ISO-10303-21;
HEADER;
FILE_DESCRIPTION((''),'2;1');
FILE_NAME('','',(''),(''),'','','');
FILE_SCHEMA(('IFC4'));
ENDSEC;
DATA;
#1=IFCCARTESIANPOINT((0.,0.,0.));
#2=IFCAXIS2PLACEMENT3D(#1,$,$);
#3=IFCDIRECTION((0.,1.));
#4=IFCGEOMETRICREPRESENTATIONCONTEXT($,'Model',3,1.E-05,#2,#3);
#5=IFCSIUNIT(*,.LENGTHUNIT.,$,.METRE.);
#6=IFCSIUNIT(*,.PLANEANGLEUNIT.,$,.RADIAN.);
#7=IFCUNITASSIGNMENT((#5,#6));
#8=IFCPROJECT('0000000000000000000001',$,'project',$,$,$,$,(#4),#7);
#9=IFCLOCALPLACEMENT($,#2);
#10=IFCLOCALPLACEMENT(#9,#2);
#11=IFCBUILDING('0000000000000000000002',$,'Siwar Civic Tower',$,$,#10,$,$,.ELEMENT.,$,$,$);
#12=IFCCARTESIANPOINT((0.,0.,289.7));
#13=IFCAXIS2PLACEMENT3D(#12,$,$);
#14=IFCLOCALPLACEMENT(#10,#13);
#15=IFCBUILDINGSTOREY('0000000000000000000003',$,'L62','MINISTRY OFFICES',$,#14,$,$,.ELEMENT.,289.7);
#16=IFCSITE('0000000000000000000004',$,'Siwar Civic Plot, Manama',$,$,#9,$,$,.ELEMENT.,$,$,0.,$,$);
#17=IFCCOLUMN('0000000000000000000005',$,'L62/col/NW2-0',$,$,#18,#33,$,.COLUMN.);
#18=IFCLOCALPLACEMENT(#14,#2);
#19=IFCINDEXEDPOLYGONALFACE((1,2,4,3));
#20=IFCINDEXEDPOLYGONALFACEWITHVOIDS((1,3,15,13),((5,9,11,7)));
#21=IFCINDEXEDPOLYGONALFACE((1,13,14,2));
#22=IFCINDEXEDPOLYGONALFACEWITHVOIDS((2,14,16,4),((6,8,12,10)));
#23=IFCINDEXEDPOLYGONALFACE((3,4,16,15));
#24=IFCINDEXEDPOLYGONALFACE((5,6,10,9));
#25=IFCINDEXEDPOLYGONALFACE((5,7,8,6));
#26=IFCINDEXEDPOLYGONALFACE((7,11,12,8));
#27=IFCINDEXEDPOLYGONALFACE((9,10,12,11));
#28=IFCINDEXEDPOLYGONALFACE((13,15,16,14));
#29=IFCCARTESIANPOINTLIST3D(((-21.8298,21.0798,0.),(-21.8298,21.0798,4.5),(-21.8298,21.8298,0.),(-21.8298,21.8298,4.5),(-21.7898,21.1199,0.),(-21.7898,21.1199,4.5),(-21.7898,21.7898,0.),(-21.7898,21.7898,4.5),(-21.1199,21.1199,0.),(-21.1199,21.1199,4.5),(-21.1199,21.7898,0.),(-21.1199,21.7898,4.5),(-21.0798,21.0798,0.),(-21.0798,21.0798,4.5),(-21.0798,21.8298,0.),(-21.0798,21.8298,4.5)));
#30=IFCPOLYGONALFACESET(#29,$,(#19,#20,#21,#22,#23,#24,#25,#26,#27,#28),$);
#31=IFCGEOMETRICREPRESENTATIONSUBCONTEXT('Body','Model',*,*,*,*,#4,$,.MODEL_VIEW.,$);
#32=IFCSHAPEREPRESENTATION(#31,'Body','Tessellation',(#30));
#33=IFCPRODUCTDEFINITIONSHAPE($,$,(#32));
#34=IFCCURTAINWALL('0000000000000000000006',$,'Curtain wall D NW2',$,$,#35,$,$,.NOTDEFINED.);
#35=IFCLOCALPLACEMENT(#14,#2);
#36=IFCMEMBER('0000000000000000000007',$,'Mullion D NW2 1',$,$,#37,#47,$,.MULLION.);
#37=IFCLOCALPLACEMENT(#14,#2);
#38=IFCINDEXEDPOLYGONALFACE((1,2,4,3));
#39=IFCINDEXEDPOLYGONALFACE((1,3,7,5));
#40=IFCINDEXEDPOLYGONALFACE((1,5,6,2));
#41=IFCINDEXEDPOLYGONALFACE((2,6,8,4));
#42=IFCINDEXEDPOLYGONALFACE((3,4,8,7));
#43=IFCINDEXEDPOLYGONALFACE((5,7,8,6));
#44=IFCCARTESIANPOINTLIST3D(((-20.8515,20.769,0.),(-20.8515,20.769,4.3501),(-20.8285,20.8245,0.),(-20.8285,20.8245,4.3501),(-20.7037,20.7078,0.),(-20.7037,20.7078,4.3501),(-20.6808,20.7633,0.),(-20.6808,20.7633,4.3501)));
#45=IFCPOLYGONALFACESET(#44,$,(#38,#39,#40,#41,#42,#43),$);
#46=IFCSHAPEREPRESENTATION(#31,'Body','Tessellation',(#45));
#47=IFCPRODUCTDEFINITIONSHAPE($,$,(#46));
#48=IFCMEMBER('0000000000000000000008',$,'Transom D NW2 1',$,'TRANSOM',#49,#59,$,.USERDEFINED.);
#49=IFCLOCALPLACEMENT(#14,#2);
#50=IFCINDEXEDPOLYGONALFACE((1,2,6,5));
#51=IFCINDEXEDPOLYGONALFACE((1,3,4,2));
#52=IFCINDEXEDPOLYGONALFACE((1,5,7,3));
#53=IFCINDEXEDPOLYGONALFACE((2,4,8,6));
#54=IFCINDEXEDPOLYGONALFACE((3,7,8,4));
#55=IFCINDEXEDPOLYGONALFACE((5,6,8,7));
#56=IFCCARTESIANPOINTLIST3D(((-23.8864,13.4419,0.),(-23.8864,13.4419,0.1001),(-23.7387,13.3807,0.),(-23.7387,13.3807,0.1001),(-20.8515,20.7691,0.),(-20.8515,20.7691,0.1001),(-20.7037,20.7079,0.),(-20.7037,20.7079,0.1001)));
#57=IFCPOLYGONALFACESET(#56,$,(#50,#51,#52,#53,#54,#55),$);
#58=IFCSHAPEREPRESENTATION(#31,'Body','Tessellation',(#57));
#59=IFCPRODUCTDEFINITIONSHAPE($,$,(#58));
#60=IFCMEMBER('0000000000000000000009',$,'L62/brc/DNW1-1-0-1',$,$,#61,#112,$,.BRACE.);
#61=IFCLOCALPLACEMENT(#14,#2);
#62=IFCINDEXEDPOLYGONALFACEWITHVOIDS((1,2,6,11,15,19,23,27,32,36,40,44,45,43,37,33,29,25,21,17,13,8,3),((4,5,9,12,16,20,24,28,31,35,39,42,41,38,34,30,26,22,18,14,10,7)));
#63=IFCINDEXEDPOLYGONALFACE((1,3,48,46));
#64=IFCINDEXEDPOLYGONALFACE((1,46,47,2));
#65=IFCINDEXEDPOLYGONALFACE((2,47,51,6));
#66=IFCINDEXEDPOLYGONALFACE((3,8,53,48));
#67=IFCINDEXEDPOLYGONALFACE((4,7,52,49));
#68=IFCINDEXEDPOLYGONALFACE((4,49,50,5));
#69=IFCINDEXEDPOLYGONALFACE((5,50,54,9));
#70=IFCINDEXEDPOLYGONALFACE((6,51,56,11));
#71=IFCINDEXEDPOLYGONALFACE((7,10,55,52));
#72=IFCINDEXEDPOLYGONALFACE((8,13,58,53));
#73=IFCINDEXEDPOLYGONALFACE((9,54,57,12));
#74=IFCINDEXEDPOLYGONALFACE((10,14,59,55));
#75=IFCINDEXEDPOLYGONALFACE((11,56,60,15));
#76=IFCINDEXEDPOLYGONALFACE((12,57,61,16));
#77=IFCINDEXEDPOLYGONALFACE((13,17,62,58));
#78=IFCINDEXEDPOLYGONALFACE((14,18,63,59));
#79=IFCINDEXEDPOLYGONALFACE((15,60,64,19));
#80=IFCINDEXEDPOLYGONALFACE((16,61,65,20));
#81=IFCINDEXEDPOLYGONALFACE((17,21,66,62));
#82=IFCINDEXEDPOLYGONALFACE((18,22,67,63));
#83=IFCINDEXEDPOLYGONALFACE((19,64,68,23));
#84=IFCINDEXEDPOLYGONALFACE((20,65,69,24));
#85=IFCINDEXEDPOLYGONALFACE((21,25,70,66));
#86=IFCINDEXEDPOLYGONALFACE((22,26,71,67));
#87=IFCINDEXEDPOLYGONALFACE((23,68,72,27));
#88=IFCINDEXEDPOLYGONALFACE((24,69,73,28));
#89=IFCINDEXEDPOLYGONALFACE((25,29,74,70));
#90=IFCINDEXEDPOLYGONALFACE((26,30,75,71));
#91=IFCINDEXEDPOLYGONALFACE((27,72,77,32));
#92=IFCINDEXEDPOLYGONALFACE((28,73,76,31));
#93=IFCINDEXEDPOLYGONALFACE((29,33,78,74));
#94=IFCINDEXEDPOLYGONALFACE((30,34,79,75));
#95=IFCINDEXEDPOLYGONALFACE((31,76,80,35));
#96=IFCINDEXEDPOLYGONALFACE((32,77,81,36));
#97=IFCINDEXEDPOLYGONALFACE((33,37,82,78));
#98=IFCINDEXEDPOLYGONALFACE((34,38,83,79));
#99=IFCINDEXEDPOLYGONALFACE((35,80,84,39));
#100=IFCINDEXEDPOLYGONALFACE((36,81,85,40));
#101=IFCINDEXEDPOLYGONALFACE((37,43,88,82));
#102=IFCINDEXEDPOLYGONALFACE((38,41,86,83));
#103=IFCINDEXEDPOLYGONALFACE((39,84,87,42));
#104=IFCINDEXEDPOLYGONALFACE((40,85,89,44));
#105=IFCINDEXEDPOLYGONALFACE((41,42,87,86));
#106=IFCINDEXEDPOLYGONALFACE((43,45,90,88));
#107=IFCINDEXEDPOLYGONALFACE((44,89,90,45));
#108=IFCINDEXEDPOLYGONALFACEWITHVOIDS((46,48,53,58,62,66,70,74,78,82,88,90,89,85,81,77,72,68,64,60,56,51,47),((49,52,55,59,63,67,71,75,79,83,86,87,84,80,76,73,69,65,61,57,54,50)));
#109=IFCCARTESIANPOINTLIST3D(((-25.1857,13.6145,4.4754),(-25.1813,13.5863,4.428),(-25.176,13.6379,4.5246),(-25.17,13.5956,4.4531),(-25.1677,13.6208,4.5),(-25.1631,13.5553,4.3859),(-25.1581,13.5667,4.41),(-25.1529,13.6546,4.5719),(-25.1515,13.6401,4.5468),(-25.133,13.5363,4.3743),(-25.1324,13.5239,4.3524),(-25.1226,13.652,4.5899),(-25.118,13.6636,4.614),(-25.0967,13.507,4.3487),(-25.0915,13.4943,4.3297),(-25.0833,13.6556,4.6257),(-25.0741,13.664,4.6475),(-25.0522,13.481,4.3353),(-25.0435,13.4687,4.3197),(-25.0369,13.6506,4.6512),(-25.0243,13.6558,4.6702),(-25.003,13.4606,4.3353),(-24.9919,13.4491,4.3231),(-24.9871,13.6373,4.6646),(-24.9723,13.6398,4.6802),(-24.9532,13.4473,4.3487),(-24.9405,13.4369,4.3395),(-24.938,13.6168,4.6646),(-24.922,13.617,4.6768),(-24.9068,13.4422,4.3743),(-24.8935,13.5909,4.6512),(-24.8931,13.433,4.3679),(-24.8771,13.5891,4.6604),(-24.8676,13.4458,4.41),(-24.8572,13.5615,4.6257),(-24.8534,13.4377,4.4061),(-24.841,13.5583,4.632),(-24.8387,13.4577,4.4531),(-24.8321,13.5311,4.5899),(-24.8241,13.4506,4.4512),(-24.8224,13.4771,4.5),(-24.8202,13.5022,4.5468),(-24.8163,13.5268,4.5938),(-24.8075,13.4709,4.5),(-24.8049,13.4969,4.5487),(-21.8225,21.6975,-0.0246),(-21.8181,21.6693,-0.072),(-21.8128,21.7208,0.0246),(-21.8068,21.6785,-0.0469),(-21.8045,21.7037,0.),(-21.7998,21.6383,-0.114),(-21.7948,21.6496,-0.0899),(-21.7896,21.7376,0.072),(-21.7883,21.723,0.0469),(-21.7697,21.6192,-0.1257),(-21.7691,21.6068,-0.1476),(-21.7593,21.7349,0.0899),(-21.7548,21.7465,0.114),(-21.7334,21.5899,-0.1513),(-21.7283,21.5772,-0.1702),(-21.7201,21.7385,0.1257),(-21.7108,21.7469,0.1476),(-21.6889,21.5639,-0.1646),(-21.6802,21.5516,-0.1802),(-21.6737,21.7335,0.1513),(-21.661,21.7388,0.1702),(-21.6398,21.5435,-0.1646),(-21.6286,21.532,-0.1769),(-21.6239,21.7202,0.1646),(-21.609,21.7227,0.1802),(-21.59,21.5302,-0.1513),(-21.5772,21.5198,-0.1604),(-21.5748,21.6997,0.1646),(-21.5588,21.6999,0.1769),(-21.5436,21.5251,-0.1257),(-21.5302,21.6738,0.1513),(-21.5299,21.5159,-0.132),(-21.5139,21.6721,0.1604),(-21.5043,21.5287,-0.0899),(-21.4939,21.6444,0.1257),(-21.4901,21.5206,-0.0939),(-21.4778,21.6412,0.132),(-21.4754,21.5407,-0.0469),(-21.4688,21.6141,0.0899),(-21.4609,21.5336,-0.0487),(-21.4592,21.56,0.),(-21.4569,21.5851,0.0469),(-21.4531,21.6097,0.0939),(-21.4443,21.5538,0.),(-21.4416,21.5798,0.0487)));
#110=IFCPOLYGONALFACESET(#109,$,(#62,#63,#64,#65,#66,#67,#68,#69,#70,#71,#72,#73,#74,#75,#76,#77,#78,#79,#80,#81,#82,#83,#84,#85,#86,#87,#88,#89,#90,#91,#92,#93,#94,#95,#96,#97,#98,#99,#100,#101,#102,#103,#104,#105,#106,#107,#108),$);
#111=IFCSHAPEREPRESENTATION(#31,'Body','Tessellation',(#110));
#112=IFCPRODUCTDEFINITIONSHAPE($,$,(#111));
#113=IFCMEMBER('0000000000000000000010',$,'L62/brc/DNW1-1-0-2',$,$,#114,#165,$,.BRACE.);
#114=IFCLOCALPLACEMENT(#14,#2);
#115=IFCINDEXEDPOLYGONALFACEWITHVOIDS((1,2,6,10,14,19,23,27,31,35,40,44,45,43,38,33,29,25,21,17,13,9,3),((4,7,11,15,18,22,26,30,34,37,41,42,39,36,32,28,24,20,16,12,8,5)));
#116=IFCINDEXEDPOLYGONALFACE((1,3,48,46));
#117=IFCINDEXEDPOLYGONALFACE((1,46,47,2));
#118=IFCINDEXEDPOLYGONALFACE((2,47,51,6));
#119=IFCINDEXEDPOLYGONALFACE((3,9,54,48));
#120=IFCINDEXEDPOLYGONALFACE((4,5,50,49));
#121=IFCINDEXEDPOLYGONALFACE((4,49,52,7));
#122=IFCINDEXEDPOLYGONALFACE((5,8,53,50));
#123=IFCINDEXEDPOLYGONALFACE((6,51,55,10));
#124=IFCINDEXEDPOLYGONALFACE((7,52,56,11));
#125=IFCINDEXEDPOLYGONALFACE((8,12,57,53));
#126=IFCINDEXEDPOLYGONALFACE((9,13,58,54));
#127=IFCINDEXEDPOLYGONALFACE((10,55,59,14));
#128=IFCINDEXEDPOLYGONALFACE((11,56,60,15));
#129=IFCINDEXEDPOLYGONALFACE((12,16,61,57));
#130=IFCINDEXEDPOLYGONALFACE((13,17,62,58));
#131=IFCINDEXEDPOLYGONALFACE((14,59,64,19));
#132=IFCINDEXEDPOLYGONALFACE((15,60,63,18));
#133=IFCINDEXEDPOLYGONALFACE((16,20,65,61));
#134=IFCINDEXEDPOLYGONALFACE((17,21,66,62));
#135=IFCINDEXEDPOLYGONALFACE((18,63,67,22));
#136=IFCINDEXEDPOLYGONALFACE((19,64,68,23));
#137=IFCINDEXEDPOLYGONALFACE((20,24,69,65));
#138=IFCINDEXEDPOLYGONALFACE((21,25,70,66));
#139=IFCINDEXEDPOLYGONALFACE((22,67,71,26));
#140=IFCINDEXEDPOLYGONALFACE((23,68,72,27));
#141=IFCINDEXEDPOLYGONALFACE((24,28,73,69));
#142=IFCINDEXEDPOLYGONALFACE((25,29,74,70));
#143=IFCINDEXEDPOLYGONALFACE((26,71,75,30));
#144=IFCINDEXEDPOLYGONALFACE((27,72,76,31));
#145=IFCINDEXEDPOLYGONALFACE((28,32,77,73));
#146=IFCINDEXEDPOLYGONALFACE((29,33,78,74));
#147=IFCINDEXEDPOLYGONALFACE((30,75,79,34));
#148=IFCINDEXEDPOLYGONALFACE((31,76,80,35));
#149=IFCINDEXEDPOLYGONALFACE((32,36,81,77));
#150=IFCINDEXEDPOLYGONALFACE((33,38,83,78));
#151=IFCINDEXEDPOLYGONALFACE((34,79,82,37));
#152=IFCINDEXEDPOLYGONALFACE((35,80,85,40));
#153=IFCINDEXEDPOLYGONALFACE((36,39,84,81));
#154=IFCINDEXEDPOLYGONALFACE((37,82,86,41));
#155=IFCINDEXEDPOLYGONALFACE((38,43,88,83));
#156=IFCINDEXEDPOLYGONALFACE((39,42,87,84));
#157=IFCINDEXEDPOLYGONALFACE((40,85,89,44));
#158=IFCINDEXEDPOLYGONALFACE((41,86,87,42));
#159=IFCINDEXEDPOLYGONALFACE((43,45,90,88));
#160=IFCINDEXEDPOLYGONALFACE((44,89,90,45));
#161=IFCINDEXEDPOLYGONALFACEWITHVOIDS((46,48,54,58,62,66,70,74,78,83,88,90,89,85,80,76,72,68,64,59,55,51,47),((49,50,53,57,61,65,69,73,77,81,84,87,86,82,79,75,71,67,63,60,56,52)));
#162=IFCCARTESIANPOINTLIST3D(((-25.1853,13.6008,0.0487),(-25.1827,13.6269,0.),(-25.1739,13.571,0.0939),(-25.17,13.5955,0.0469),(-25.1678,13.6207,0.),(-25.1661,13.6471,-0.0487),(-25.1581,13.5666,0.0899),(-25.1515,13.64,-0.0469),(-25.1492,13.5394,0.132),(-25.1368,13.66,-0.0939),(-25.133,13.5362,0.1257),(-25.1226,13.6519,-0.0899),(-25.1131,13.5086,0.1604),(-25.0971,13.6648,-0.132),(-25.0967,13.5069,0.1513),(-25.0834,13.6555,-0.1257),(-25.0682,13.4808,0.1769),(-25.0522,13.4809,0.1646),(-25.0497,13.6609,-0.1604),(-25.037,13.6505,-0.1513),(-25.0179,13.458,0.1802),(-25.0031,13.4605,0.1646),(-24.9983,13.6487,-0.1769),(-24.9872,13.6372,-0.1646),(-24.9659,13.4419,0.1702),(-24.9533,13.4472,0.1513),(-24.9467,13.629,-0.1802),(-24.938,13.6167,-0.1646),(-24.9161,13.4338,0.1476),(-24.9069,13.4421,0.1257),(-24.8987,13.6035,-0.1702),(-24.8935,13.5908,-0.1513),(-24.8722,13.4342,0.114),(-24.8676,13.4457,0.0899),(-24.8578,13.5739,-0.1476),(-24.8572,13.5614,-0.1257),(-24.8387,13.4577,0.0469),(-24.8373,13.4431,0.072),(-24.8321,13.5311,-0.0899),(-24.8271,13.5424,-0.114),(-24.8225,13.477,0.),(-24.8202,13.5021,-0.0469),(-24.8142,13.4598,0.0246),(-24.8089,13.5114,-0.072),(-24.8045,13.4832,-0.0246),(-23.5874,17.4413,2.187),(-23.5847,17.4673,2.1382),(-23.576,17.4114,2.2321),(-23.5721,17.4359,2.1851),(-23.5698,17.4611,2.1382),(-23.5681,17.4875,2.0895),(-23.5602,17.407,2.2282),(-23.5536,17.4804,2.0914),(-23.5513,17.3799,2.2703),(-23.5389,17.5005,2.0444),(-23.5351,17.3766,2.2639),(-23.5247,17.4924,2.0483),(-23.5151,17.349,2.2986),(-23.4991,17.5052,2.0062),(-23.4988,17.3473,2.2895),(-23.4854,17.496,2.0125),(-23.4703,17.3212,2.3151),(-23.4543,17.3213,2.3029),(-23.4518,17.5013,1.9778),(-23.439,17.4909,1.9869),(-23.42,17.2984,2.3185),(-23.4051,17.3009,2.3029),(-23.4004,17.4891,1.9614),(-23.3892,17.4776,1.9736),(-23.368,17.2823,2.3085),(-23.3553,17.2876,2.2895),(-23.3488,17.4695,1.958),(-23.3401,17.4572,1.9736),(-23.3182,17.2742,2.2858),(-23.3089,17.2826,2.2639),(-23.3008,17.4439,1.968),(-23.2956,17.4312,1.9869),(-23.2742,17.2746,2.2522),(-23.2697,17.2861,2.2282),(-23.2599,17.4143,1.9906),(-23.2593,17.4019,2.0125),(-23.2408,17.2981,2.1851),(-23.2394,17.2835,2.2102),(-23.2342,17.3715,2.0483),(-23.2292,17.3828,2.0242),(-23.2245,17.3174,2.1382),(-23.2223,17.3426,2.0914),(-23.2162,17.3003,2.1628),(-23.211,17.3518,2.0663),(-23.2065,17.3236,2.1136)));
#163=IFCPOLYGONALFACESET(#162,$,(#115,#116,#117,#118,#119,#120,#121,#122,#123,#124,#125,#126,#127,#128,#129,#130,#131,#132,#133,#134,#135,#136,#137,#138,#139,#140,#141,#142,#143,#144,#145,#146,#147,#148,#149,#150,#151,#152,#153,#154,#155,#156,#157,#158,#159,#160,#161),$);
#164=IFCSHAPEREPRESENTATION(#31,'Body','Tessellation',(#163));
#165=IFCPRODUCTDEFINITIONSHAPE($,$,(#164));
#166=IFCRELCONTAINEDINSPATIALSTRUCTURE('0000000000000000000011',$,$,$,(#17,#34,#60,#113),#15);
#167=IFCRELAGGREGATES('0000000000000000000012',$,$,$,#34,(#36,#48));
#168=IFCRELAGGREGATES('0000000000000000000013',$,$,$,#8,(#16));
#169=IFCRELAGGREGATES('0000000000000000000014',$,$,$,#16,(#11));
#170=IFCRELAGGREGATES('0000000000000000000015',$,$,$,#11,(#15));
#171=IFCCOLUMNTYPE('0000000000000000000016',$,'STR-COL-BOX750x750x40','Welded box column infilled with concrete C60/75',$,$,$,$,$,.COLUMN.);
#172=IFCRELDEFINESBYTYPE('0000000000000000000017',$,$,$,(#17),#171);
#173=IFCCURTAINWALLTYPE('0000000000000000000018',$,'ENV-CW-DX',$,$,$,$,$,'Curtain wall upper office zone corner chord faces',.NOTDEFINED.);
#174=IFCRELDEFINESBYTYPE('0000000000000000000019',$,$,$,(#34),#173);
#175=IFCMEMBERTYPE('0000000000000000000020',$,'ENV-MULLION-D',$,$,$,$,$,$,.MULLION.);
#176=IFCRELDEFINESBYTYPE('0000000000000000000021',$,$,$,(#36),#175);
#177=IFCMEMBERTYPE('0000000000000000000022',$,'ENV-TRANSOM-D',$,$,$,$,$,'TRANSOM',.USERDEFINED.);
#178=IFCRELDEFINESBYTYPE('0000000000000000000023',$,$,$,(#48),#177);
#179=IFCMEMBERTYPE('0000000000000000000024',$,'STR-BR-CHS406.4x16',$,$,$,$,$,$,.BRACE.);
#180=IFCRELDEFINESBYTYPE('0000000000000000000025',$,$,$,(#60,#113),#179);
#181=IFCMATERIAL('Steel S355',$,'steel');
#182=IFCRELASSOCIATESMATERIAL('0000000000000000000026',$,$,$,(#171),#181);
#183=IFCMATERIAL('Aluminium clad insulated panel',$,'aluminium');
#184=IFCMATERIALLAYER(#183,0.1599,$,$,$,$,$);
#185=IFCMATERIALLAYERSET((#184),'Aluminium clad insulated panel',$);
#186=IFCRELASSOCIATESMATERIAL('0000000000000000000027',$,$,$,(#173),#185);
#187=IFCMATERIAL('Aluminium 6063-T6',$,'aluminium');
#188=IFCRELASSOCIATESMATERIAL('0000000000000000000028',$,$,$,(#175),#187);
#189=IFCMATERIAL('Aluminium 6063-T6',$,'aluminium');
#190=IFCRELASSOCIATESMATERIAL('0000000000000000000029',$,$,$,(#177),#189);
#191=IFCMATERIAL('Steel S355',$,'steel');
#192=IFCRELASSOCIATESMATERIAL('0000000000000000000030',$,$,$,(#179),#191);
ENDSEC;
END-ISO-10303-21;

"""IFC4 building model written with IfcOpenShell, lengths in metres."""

from ifc_helpers import new_model, si_unit, direction, frame, origin, origin_2d, place, context, subcontext, project, spatial, rectangle, hollow_rectangle, hollow_circle, extrude, material, layer, layer_set, material_profile, profile_set, type_object, element, aggregate, save


model = new_model("IFC4")

# Units and contexts
model_context = context("Model", 3, precision=1e-05, world=origin(), true_north=direction((0.0, 1.0)))
body_context = subcontext(model_context, "Body", "Model", "MODEL_VIEW")
ifc_project = project(units=[si_unit("LENGTHUNIT", "METRE"), si_unit("PLANEANGLEUNIT", "RADIAN")], contexts=[model_context])

# Site, building, storey
site_placement = place(None, origin())
site = spatial("IfcSite", under=ifc_project, at=site_placement, Name="Siwar Civic Plot, Manama", CompositionType="ELEMENT", RefElevation=0.0)
building_placement = place(site_placement, origin())
building = spatial("IfcBuilding", under=site, at=building_placement, Name="Siwar Civic Tower", CompositionType="ELEMENT")
storey_placement = place(building_placement, frame((0.0, 0.0, 289.7)))
storey = spatial("IfcBuildingStorey", under=building, at=storey_placement, Name="L62", Description="MINISTRY OFFICES", CompositionType="ELEMENT", Elevation=289.7)

# Column
ifc_material_1 = material(Name="Steel S355", Category="steel")
ifc_material_profile_1 = material_profile(ifc_material_1, hollow_rectangle(XDim=0.75, YDim=0.75, WallThickness=0.04, at=origin_2d()), Name="BOX750x750x40")
ifc_profile_set_1 = profile_set([ifc_material_profile_1], Name="Steel S355")
column_type = type_object("IfcColumnType", Name="STR-COL-BOX750x750x40", Description="Welded box column infilled with concrete C60/75", PredefinedType="COLUMN", material=ifc_profile_set_1)
column_placement = place(storey_placement, frame((-21.4548, 21.4548, 0.0), z_axis=(0.0, 0.0, 1.0), x_axis=(1.0, 0.0, 0.0)))
element("IfcColumn", 1, at=column_placement, inside=storey, type_object=column_type, Name="L62/col/NW2-0", PredefinedType="COLUMN", context=body_context, shape_type="SweptSolid", body=[
    extrude(hollow_rectangle(XDim=0.75, YDim=0.75, WallThickness=0.04, at=origin_2d()), origin(), (0.0, 0.0, 1.0), 4.5),
])

# Curtain wall, members
ifc_material_2 = material(Name="Aluminium clad insulated panel", Category="aluminium")
ifc_layer_1 = layer(ifc_material_2, 0.1599)
ifc_layer_set_1 = layer_set([ifc_layer_1], Name="Aluminium clad insulated panel")
curtain_wall_type = type_object("IfcCurtainWallType", Name="ENV-CW-DX", ElementType="Curtain wall upper office zone corner chord faces", PredefinedType="NOTDEFINED", material=ifc_layer_set_1)
curtain_wall_1_placement = place(storey_placement, origin())
curtain_wall_1 = element("IfcCurtainWall", 2, at=curtain_wall_1_placement, inside=storey, type_object=curtain_wall_type, Name="Curtain wall D NW2", PredefinedType="NOTDEFINED")
ifc_material_3 = material(Name="Aluminium 6063-T6", Category="aluminium")
ifc_material_profile_2 = material_profile(ifc_material_3, rectangle(XDim=0.1599, YDim=0.0601, at=origin_2d()), Name="AL 160x60")
ifc_profile_set_2 = profile_set([ifc_material_profile_2], Name="Aluminium 6063-T6")
member_type_1 = type_object("IfcMemberType", Name="ENV-MULLION-D", PredefinedType="MULLION", material=ifc_profile_set_2)
member_1_placement = place(storey_placement, frame((-20.7661, 20.7661, 0.0), z_axis=(0.0, 0.0, 1.0), x_axis=(0.92388, -0.382683, 0.0)))
member_1 = element("IfcMember", 3, at=member_1_placement, type_object=member_type_1, Name="Mullion D NW2 1", PredefinedType="MULLION", context=body_context, shape_type="SweptSolid", body=[
    extrude(rectangle(XDim=0.1599, YDim=0.0601, at=origin_2d()), origin(), (0.0, 0.0, 1.0), 4.3501),
])
ifc_material_4 = material(Name="Aluminium 6063-T6", Category="aluminium")
ifc_material_profile_3 = material_profile(ifc_material_4, rectangle(XDim=0.1599, YDim=0.1001, at=origin_2d()), Name="AL 160x100")
ifc_profile_set_3 = profile_set([ifc_material_profile_3], Name="Aluminium 6063-T6")
member_type_2 = type_object("IfcMemberType", Name="ENV-TRANSOM-D", ElementType="TRANSOM", PredefinedType="USERDEFINED", material=ifc_profile_set_3)
member_2_placement = place(storey_placement, frame((-20.7776, 20.7385, 0.05), z_axis=(-0.382674, -0.923884, 0.0), x_axis=(0.923884, -0.382674, 0.0)))
member_2 = element("IfcMember", 4, at=member_2_placement, type_object=member_type_2, Name="Transom D NW2 1", ObjectType="TRANSOM", PredefinedType="USERDEFINED", context=body_context, shape_type="SweptSolid", body=[
    extrude(rectangle(XDim=0.1599, YDim=0.1001, at=origin_2d()), origin(), (0.0, 0.0, 1.0), 7.9309),
])

# Members
ifc_material_5 = material(Name="Steel S355", Category="steel")
ifc_material_profile_4 = material_profile(ifc_material_5, hollow_circle(Radius=0.2031, WallThickness=0.0161, at=origin_2d()), Name="CHS406.4x16")
ifc_profile_set_4 = profile_set([ifc_material_profile_4], Name="Steel S355")
member_type_3 = type_object("IfcMemberType", Name="STR-BR-CHS406.4x16", PredefinedType="BRACE", material=ifc_profile_set_4)
member_3_placement = place(storey_placement, frame((-21.6318, 21.6318, 0.0), z_axis=(-0.341671, -0.821143, 0.457149), x_axis=(0.923265, -0.384164, 0.0)))
element("IfcMember", 5, at=member_3_placement, inside=storey, type_object=member_type_3, Name="L62/brc/DNW1-1-0-1", PredefinedType="BRACE", context=body_context, shape_type="SweptSolid", body=[
    extrude(hollow_circle(Radius=0.2031, WallThickness=0.0161, at=origin_2d()), origin(), (0.0, 0.0, 1.0), 9.8435),
])
for number, where, z_axis, x_axis, name in (
    (6, (-24.9951, 13.5488, 0.0), (0.341659, 0.82113, 0.457181), (-0.923268, 0.384157, 0.0), "L62/brc/DNW1-1-0-2"),
):
    element("IfcMember", number, at=place(storey_placement, frame(where, z_axis=z_axis, x_axis=x_axis)), inside=storey, type_object=member_type_3, Name=name, PredefinedType="BRACE", context=body_context, shape_type="SweptSolid", body=[
        extrude(hollow_circle(Radius=0.2031, WallThickness=0.0161, at=origin_2d()), origin(), (0.0, 0.0, 1.0), 4.677),
    ])

aggregate(curtain_wall_1, [member_1, member_2])

save(model, "model.ifc")
